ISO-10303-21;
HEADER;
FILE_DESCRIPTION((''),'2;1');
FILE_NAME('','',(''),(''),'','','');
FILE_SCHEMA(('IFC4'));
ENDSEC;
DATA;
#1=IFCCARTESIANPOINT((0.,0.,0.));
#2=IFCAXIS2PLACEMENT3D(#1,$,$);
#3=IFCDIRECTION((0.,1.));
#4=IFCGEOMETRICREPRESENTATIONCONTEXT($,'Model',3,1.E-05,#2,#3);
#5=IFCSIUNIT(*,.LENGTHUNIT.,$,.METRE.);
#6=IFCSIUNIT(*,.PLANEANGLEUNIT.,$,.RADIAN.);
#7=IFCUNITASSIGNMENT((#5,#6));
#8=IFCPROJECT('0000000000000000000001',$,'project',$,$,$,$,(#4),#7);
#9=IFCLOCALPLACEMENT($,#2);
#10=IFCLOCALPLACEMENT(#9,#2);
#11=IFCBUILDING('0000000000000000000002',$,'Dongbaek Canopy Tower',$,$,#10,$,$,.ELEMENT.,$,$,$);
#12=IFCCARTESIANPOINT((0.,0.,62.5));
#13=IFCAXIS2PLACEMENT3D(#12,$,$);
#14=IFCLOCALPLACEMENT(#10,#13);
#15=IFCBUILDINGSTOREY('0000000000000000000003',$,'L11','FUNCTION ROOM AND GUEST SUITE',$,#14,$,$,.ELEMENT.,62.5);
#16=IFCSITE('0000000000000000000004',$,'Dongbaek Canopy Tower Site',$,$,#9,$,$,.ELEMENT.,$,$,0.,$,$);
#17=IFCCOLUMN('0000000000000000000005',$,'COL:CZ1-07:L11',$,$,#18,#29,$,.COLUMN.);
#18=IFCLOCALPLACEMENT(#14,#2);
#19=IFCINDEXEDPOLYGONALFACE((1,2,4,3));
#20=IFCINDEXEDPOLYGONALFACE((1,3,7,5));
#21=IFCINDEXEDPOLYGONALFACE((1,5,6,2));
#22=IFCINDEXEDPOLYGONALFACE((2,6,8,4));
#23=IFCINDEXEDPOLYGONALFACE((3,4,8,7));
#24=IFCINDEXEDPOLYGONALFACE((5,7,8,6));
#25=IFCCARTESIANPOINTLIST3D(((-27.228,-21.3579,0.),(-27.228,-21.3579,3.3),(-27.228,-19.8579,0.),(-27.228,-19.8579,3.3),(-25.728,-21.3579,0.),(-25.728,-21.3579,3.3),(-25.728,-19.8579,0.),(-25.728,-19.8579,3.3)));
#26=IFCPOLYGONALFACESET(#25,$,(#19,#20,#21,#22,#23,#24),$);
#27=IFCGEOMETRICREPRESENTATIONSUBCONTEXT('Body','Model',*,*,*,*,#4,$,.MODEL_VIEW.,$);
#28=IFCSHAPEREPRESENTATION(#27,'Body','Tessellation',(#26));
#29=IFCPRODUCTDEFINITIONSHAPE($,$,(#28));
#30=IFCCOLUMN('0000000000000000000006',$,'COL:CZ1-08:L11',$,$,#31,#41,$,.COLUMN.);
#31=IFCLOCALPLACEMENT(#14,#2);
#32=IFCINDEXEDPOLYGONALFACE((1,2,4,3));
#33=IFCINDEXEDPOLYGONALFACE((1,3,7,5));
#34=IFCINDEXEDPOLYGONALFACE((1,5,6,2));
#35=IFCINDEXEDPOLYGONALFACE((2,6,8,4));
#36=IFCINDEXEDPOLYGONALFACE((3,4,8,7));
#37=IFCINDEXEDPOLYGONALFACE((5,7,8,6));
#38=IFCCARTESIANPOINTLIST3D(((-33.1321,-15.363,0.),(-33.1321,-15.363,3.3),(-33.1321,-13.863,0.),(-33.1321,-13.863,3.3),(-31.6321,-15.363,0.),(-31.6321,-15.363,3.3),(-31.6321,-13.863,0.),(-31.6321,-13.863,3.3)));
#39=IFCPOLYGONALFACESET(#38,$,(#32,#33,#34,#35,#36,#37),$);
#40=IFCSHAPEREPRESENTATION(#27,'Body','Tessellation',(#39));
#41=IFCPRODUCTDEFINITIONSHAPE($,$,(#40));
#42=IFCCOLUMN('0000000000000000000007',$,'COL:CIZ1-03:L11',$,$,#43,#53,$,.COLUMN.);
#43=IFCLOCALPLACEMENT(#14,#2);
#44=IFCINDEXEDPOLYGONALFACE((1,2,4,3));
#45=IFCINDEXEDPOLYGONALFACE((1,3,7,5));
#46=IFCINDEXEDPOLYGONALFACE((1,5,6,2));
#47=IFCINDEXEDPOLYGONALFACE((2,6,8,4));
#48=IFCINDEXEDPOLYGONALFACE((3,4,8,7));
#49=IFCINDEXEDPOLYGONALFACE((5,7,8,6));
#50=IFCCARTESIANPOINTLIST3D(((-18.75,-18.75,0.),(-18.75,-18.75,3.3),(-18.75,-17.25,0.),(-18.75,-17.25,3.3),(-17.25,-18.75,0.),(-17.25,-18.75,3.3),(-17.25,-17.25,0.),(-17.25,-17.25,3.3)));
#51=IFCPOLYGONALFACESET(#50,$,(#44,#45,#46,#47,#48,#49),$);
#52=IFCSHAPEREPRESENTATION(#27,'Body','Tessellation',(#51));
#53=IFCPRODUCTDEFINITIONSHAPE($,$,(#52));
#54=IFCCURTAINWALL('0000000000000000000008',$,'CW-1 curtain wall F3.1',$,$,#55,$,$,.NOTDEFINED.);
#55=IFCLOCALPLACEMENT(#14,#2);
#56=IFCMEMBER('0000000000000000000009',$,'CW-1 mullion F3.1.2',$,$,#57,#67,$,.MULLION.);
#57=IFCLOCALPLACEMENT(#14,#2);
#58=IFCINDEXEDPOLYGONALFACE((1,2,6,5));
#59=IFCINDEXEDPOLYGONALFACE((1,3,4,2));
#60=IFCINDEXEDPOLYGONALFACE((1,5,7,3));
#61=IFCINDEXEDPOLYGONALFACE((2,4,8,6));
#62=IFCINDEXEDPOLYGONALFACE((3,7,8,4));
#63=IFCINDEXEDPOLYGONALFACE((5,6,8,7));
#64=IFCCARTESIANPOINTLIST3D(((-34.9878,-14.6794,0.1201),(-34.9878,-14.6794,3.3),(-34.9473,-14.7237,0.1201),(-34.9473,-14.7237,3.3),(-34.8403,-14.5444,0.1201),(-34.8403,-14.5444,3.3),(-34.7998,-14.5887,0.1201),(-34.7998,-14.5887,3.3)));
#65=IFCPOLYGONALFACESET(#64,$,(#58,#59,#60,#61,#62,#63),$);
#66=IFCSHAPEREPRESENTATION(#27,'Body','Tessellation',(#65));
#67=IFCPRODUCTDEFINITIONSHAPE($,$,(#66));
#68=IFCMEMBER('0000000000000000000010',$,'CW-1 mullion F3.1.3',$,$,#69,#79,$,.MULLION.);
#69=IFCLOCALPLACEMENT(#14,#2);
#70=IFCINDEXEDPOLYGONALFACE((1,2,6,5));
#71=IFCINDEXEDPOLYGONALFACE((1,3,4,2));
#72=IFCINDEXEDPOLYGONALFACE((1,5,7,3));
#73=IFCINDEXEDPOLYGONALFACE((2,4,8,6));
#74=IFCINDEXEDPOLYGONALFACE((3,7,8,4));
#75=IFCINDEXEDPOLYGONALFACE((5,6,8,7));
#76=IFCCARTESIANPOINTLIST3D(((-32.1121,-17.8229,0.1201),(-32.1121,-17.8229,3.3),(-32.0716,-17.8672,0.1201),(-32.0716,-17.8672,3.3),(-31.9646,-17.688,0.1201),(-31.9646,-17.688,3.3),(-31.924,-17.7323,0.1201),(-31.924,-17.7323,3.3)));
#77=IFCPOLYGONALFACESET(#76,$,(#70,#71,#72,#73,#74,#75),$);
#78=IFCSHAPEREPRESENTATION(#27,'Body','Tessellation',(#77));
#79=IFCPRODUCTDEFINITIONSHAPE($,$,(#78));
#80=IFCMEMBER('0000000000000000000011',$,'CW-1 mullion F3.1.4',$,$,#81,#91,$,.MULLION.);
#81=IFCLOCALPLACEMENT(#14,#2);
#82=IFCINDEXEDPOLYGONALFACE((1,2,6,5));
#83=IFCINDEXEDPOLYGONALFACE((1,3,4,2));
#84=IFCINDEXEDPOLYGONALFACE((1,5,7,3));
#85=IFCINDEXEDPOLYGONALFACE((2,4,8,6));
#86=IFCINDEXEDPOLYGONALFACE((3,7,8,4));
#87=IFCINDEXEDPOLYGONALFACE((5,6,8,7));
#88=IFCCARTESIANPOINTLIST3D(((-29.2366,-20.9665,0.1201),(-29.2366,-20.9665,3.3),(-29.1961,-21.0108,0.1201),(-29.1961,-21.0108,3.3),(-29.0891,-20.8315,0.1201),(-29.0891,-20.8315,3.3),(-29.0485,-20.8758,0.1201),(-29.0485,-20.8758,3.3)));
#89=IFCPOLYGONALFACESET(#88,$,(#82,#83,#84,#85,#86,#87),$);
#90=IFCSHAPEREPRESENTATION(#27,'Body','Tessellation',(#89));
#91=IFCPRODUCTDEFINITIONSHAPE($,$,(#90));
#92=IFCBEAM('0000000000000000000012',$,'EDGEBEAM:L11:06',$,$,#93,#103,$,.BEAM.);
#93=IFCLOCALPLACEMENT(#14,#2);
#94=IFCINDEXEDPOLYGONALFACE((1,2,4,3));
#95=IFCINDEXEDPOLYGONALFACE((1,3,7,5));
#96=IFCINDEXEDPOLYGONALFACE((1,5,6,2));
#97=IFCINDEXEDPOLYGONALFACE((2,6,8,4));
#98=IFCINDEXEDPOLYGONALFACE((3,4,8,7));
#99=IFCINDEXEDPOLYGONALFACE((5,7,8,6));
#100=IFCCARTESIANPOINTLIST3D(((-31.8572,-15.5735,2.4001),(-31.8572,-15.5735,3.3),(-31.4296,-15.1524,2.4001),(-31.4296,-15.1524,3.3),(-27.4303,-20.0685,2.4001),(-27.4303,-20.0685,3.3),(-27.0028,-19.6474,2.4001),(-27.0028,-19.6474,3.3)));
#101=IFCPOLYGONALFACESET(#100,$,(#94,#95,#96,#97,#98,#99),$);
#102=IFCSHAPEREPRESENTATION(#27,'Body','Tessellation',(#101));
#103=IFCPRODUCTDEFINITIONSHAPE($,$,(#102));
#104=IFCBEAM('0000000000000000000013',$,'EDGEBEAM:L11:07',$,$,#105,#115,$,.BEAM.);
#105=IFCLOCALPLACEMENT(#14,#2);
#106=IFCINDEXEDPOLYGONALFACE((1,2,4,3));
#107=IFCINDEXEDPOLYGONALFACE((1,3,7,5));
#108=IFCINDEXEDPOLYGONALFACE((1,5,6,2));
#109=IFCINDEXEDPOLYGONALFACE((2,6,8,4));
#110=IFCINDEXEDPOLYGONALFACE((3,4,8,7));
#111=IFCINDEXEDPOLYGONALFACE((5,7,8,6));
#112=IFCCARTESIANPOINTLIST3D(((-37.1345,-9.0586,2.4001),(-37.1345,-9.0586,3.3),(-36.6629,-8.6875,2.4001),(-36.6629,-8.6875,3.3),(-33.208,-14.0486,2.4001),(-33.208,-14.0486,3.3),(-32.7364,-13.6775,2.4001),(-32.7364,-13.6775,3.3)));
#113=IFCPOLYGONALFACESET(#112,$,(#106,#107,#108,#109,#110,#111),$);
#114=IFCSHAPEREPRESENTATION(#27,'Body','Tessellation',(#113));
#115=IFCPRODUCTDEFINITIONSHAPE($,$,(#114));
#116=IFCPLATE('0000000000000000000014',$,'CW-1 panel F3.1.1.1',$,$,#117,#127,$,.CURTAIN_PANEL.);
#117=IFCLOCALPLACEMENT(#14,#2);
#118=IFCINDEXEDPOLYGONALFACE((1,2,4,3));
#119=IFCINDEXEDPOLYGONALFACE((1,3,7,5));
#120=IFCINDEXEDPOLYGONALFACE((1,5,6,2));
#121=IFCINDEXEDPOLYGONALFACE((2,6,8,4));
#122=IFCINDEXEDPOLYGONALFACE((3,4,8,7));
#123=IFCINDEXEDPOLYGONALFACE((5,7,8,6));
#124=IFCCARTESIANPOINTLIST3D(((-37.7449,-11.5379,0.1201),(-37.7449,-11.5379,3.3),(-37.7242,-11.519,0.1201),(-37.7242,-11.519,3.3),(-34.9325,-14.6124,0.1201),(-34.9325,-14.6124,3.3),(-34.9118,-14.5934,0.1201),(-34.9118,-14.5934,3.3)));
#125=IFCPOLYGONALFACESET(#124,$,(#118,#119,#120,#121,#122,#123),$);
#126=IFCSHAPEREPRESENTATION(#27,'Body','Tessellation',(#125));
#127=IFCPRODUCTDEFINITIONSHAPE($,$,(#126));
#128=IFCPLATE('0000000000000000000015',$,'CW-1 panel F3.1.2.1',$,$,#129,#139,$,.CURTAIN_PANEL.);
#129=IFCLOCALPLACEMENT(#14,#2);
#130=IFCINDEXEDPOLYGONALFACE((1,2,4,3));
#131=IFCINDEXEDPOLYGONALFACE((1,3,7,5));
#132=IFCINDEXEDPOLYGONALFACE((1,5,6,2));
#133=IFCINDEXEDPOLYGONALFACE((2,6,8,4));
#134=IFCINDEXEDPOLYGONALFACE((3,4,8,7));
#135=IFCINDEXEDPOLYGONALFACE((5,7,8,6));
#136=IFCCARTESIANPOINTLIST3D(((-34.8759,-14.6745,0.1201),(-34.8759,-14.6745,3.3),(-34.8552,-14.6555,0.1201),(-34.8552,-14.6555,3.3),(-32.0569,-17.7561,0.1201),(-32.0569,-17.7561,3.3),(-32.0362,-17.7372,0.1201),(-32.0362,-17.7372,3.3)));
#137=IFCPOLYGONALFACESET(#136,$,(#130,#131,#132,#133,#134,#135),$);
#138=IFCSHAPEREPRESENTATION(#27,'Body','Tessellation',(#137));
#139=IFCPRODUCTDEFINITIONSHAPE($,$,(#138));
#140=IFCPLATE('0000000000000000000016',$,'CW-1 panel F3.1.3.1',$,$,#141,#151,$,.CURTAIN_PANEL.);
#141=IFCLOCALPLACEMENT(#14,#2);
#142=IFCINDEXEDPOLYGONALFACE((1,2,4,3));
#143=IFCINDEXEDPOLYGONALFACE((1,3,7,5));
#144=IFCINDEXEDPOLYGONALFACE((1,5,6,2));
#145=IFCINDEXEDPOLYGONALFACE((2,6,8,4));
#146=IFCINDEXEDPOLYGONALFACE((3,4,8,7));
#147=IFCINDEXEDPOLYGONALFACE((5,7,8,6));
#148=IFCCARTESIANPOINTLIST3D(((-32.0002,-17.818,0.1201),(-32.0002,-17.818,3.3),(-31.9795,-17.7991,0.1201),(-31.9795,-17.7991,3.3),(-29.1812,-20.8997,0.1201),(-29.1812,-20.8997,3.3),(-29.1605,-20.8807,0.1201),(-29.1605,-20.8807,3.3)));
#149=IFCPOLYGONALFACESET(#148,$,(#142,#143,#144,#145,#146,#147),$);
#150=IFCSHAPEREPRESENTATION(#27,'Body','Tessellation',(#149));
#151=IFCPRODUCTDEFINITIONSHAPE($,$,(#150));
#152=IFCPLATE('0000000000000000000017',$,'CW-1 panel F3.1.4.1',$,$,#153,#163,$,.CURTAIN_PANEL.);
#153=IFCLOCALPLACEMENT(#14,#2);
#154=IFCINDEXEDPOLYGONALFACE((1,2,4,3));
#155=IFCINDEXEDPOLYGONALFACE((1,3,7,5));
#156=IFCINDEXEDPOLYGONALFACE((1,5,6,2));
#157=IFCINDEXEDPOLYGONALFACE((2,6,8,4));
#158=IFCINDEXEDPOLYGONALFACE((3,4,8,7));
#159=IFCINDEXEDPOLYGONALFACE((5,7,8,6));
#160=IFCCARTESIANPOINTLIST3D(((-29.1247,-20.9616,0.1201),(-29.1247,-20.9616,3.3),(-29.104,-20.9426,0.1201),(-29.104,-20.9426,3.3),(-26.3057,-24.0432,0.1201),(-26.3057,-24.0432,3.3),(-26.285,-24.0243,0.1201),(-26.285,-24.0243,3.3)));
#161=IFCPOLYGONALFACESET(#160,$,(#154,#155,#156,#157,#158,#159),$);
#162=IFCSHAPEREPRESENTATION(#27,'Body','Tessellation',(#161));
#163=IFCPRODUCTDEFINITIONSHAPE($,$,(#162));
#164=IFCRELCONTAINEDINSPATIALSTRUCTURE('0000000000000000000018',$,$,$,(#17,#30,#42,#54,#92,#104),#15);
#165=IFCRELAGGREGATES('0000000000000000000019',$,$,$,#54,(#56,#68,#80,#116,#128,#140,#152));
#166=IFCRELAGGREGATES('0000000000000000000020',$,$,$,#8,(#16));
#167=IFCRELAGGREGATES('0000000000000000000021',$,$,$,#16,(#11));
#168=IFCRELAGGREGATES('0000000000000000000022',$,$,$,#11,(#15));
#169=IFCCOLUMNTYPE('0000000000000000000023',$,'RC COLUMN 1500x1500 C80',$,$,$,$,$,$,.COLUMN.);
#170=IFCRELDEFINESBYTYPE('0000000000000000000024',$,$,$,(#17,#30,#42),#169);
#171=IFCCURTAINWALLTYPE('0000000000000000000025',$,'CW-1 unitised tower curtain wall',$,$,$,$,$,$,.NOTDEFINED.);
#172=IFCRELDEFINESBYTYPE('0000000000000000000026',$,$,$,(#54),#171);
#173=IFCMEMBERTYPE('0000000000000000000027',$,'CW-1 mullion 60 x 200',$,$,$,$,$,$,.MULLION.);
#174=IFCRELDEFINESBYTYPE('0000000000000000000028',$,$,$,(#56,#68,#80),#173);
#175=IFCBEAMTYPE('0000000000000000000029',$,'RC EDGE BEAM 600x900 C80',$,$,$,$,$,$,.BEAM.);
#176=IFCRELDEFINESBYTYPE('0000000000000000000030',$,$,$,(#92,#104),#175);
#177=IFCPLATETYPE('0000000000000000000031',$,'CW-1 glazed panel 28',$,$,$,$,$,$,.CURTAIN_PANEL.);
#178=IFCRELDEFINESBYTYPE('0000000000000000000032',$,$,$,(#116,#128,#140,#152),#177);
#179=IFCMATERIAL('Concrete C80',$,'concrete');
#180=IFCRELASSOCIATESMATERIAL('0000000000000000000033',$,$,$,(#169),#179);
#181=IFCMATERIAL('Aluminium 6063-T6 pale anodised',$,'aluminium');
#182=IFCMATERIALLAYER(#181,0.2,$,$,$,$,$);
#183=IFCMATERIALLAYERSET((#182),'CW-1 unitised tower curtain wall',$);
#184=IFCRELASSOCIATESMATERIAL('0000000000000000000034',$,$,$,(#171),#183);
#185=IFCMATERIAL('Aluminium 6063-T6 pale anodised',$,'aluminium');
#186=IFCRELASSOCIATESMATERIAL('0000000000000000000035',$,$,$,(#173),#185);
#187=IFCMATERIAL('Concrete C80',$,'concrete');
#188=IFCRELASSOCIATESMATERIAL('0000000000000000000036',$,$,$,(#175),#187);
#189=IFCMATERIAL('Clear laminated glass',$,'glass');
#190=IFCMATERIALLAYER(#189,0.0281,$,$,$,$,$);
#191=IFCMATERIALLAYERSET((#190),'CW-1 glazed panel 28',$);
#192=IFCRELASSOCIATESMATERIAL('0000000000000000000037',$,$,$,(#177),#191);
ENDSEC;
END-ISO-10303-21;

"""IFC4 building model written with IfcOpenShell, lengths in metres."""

from ifc_helpers import new_model, si_unit, direction, frame, origin, origin_2d, place, context, subcontext, project, spatial, rectangle, extrude, material, layer, layer_set, material_profile, profile_set, type_object, element, aggregate, save


model = new_model("IFC4")

# Units and contexts
model_context = context("Model", 3, precision=1e-05, world=origin(), true_north=direction((0.0, 1.0)))
body_context = subcontext(model_context, "Body", "Model", "MODEL_VIEW")
ifc_project = project(units=[si_unit("LENGTHUNIT", "METRE"), si_unit("PLANEANGLEUNIT", "RADIAN")], contexts=[model_context])

# Site, building, storey
site_placement = place(None, origin())
site = spatial("IfcSite", under=ifc_project, at=site_placement, Name="Dongbaek Canopy Tower Site", CompositionType="ELEMENT", RefElevation=0.0)
building_placement = place(site_placement, origin())
building = spatial("IfcBuilding", under=site, at=building_placement, Name="Dongbaek Canopy Tower", CompositionType="ELEMENT")
storey_placement = place(building_placement, frame((0.0, 0.0, 62.5)))
storey = spatial("IfcBuildingStorey", under=building, at=storey_placement, Name="L11", Description="FUNCTION ROOM AND GUEST SUITE", CompositionType="ELEMENT", Elevation=62.5)

# Columns
ifc_material_1 = material(Name="Concrete C80", Category="concrete")
ifc_material_profile_1 = material_profile(ifc_material_1, rectangle(XDim=1.5, YDim=1.5, at=origin_2d()), Name="RC COLUMN 1500x1500 C80")
ifc_profile_set_1 = profile_set([ifc_material_profile_1], Name="Concrete C80")
column_type = type_object("IfcColumnType", Name="RC COLUMN 1500x1500 C80", PredefinedType="COLUMN", material=ifc_profile_set_1)
for number, where, z_axis, x_axis, name in (
    (1, (-26.478, -20.6079, 0.0), (0.0, 0.0, 1.0), (1.0, 0.0, 0.0), "COL:CZ1-07:L11"),
    (2, (-32.3821, -14.613, 0.0), (0.0, 0.0, 1.0), (1.0, 0.0, 0.0), "COL:CZ1-08:L11"),
    (3, (-18.0, -18.0, 0.0), (0.0, 0.0, 1.0), (1.0, 0.0, 0.0), "COL:CIZ1-03:L11"),
):
    element("IfcColumn", number, at=place(storey_placement, frame(where, z_axis=z_axis, x_axis=x_axis)), inside=storey, type_object=column_type, Name=name, PredefinedType="COLUMN", context=body_context, shape_type="SweptSolid", body=[
        extrude(rectangle(XDim=1.5, YDim=1.5, at=origin_2d()), origin(), (0.0, 0.0, 1.0), 3.3),
    ])

# Curtain wall, members
ifc_material_2 = material(Name="Aluminium 6063-T6 pale anodised", Category="aluminium")
ifc_layer_1 = layer(ifc_material_2, 0.2)
ifc_layer_set_1 = layer_set([ifc_layer_1], Name="CW-1 unitised tower curtain wall")
curtain_wall_type = type_object("IfcCurtainWallType", Name="CW-1 unitised tower curtain wall", PredefinedType="NOTDEFINED", material=ifc_layer_set_1)
curtain_wall_placement = place(storey_placement, origin())
curtain_wall = element("IfcCurtainWall", 4, at=curtain_wall_placement, inside=storey, type_object=curtain_wall_type, Name="CW-1 curtain wall F3.1", PredefinedType="NOTDEFINED")
ifc_material_3 = material(Name="Aluminium 6063-T6 pale anodised", Category="aluminium")
ifc_material_profile_2 = material_profile(ifc_material_3, rectangle(XDim=0.2, YDim=0.0601, at=origin_2d()), Name="CW-1 mullion 60 x 200")
ifc_profile_set_2 = profile_set([ifc_material_profile_2], Name="Aluminium 6063-T6 pale anodised")
member_type = type_object("IfcMemberType", Name="CW-1 mullion 60 x 200", PredefinedType="MULLION", material=ifc_profile_set_2)
member_1_placement = place(storey_placement, frame((-34.8938, -14.634, 0.1201), z_axis=(0.0, 0.0, 1.0), x_axis=(-0.737855, -0.674959, 0.0)))
member_1 = element("IfcMember", 5, at=member_1_placement, type_object=member_type, Name="CW-1 mullion F3.1.2", PredefinedType="MULLION", context=body_context, shape_type="SweptSolid", body=[
    extrude(rectangle(XDim=0.2, YDim=0.0601, at=origin_2d()), origin(), (0.0, 0.0, 1.0), 3.1799),
])
member_2_placement = place(storey_placement, frame((-32.0181, -17.7776, 0.1201), z_axis=(0.0, 0.0, 1.0), x_axis=(-0.737855, -0.674959, 0.0)))
member_2 = element("IfcMember", 6, at=member_2_placement, type_object=member_type, Name="CW-1 mullion F3.1.3", PredefinedType="MULLION", context=body_context, shape_type="SweptSolid", body=[
    extrude(rectangle(XDim=0.2, YDim=0.0601, at=origin_2d()), origin(), (0.0, 0.0, 1.0), 3.1799),
])
member_3_placement = place(storey_placement, frame((-29.1426, -20.9211, 0.1201), z_axis=(0.0, 0.0, 1.0), x_axis=(-0.737855, -0.674959, 0.0)))
member_3 = element("IfcMember", 7, at=member_3_placement, type_object=member_type, Name="CW-1 mullion F3.1.4", PredefinedType="MULLION", context=body_context, shape_type="SweptSolid", body=[
    extrude(rectangle(XDim=0.2, YDim=0.0601, at=origin_2d()), origin(), (0.0, 0.0, 1.0), 3.1799),
])

# Beams
ifc_material_4 = material(Name="Concrete C80", Category="concrete")
ifc_material_profile_3 = material_profile(ifc_material_4, rectangle(XDim=0.6001, YDim=0.8999, at=origin_2d()), Name="RC EDGE BEAM 600x900 C80")
ifc_profile_set_3 = profile_set([ifc_material_profile_3], Name="Concrete C80")
beam_type = type_object("IfcBeamType", Name="RC EDGE BEAM 600x900 C80", PredefinedType="BEAM", material=ifc_profile_set_3)
beam_1_placement = place(storey_placement, frame((-27.2166, -19.8579, 2.8501), z_axis=(-0.701688, 0.712485, 0.0), x_axis=(-0.712485, -0.701688, 0.0)))
element("IfcBeam", 8, at=beam_1_placement, inside=storey, type_object=beam_type, Name="EDGEBEAM:L11:06", PredefinedType="BEAM", context=body_context, shape_type="SweptSolid", body=[
    extrude(rectangle(XDim=0.6001, YDim=0.8999, at=origin_2d()), origin(), (0.0, 0.0, 1.0), 6.3088),
])
beam_2_placement = place(storey_placement, frame((-32.9722, -13.863, 2.8501), z_axis=(-0.618387, 0.785874, 0.0), x_axis=(-0.785874, -0.618387, 0.0)))
element("IfcBeam", 9, at=beam_2_placement, inside=storey, type_object=beam_type, Name="EDGEBEAM:L11:07", PredefinedType="BEAM", context=body_context, shape_type="SweptSolid", body=[
    extrude(rectangle(XDim=0.6001, YDim=0.8999, at=origin_2d()), origin(), (0.0, 0.0, 1.0), 6.3496),
])

# Plates
ifc_material_5 = material(Name="Clear laminated glass", Category="glass")
ifc_layer_2 = layer(ifc_material_5, 0.0281)
ifc_layer_set_2 = layer_set([ifc_layer_2], Name="CW-1 glazed panel 28")
plate_type = type_object("IfcPlateType", Name="CW-1 glazed panel 28", PredefinedType="CURTAIN_PANEL", material=ifc_layer_set_2)
plate_1_placement = place(storey_placement, frame((-36.3284, -13.0657, 0.1201), z_axis=(0.0, 0.0, 1.0), x_axis=(0.674959, -0.737855, 0.0)))
plate_1 = element("IfcPlate", 10, at=plate_1_placement, type_object=plate_type, Name="CW-1 panel F3.1.1.1", PredefinedType="CURTAIN_PANEL", context=body_context, shape_type="SweptSolid", body=[
    extrude(rectangle(XDim=4.1667, YDim=0.0281, at=origin_2d()), origin(), (0.0, 0.0, 1.0), 3.1799),
])
plate_2_placement = place(storey_placement, frame((-33.4561, -16.2058, 0.1201), z_axis=(0.0, 0.0, 1.0), x_axis=(0.674959, -0.737855, 0.0)))
plate_2 = element("IfcPlate", 11, at=plate_2_placement, type_object=plate_type, Name="CW-1 panel F3.1.2.1", PredefinedType="CURTAIN_PANEL", context=body_context, shape_type="SweptSolid", body=[
    extrude(rectangle(XDim=4.1765, YDim=0.0281, at=origin_2d()), origin(), (0.0, 0.0, 1.0), 3.1799),
])
plate_3_placement = place(storey_placement, frame((-30.5803, -19.3494, 0.1201), z_axis=(0.0, 0.0, 1.0), x_axis=(0.674959, -0.737855, 0.0)))
plate_3 = element("IfcPlate", 12, at=plate_3_placement, type_object=plate_type, Name="CW-1 panel F3.1.3.1", PredefinedType="CURTAIN_PANEL", context=body_context, shape_type="SweptSolid", body=[
    extrude(rectangle(XDim=4.1765, YDim=0.0281, at=origin_2d()), origin(), (0.0, 0.0, 1.0), 3.1799),
])
plate_4_placement = place(storey_placement, frame((-27.7048, -22.4929, 0.1201), z_axis=(0.0, 0.0, 1.0), x_axis=(0.674959, -0.737855, 0.0)))
plate_4 = element("IfcPlate", 13, at=plate_4_placement, type_object=plate_type, Name="CW-1 panel F3.1.4.1", PredefinedType="CURTAIN_PANEL", context=body_context, shape_type="SweptSolid", body=[
    extrude(rectangle(XDim=4.1765, YDim=0.0281, at=origin_2d()), origin(), (0.0, 0.0, 1.0), 3.1799),
])

aggregate(curtain_wall, [member_1, member_2, member_3, plate_1, plate_2, plate_3, plate_4])

save(model, "model.ifc")
